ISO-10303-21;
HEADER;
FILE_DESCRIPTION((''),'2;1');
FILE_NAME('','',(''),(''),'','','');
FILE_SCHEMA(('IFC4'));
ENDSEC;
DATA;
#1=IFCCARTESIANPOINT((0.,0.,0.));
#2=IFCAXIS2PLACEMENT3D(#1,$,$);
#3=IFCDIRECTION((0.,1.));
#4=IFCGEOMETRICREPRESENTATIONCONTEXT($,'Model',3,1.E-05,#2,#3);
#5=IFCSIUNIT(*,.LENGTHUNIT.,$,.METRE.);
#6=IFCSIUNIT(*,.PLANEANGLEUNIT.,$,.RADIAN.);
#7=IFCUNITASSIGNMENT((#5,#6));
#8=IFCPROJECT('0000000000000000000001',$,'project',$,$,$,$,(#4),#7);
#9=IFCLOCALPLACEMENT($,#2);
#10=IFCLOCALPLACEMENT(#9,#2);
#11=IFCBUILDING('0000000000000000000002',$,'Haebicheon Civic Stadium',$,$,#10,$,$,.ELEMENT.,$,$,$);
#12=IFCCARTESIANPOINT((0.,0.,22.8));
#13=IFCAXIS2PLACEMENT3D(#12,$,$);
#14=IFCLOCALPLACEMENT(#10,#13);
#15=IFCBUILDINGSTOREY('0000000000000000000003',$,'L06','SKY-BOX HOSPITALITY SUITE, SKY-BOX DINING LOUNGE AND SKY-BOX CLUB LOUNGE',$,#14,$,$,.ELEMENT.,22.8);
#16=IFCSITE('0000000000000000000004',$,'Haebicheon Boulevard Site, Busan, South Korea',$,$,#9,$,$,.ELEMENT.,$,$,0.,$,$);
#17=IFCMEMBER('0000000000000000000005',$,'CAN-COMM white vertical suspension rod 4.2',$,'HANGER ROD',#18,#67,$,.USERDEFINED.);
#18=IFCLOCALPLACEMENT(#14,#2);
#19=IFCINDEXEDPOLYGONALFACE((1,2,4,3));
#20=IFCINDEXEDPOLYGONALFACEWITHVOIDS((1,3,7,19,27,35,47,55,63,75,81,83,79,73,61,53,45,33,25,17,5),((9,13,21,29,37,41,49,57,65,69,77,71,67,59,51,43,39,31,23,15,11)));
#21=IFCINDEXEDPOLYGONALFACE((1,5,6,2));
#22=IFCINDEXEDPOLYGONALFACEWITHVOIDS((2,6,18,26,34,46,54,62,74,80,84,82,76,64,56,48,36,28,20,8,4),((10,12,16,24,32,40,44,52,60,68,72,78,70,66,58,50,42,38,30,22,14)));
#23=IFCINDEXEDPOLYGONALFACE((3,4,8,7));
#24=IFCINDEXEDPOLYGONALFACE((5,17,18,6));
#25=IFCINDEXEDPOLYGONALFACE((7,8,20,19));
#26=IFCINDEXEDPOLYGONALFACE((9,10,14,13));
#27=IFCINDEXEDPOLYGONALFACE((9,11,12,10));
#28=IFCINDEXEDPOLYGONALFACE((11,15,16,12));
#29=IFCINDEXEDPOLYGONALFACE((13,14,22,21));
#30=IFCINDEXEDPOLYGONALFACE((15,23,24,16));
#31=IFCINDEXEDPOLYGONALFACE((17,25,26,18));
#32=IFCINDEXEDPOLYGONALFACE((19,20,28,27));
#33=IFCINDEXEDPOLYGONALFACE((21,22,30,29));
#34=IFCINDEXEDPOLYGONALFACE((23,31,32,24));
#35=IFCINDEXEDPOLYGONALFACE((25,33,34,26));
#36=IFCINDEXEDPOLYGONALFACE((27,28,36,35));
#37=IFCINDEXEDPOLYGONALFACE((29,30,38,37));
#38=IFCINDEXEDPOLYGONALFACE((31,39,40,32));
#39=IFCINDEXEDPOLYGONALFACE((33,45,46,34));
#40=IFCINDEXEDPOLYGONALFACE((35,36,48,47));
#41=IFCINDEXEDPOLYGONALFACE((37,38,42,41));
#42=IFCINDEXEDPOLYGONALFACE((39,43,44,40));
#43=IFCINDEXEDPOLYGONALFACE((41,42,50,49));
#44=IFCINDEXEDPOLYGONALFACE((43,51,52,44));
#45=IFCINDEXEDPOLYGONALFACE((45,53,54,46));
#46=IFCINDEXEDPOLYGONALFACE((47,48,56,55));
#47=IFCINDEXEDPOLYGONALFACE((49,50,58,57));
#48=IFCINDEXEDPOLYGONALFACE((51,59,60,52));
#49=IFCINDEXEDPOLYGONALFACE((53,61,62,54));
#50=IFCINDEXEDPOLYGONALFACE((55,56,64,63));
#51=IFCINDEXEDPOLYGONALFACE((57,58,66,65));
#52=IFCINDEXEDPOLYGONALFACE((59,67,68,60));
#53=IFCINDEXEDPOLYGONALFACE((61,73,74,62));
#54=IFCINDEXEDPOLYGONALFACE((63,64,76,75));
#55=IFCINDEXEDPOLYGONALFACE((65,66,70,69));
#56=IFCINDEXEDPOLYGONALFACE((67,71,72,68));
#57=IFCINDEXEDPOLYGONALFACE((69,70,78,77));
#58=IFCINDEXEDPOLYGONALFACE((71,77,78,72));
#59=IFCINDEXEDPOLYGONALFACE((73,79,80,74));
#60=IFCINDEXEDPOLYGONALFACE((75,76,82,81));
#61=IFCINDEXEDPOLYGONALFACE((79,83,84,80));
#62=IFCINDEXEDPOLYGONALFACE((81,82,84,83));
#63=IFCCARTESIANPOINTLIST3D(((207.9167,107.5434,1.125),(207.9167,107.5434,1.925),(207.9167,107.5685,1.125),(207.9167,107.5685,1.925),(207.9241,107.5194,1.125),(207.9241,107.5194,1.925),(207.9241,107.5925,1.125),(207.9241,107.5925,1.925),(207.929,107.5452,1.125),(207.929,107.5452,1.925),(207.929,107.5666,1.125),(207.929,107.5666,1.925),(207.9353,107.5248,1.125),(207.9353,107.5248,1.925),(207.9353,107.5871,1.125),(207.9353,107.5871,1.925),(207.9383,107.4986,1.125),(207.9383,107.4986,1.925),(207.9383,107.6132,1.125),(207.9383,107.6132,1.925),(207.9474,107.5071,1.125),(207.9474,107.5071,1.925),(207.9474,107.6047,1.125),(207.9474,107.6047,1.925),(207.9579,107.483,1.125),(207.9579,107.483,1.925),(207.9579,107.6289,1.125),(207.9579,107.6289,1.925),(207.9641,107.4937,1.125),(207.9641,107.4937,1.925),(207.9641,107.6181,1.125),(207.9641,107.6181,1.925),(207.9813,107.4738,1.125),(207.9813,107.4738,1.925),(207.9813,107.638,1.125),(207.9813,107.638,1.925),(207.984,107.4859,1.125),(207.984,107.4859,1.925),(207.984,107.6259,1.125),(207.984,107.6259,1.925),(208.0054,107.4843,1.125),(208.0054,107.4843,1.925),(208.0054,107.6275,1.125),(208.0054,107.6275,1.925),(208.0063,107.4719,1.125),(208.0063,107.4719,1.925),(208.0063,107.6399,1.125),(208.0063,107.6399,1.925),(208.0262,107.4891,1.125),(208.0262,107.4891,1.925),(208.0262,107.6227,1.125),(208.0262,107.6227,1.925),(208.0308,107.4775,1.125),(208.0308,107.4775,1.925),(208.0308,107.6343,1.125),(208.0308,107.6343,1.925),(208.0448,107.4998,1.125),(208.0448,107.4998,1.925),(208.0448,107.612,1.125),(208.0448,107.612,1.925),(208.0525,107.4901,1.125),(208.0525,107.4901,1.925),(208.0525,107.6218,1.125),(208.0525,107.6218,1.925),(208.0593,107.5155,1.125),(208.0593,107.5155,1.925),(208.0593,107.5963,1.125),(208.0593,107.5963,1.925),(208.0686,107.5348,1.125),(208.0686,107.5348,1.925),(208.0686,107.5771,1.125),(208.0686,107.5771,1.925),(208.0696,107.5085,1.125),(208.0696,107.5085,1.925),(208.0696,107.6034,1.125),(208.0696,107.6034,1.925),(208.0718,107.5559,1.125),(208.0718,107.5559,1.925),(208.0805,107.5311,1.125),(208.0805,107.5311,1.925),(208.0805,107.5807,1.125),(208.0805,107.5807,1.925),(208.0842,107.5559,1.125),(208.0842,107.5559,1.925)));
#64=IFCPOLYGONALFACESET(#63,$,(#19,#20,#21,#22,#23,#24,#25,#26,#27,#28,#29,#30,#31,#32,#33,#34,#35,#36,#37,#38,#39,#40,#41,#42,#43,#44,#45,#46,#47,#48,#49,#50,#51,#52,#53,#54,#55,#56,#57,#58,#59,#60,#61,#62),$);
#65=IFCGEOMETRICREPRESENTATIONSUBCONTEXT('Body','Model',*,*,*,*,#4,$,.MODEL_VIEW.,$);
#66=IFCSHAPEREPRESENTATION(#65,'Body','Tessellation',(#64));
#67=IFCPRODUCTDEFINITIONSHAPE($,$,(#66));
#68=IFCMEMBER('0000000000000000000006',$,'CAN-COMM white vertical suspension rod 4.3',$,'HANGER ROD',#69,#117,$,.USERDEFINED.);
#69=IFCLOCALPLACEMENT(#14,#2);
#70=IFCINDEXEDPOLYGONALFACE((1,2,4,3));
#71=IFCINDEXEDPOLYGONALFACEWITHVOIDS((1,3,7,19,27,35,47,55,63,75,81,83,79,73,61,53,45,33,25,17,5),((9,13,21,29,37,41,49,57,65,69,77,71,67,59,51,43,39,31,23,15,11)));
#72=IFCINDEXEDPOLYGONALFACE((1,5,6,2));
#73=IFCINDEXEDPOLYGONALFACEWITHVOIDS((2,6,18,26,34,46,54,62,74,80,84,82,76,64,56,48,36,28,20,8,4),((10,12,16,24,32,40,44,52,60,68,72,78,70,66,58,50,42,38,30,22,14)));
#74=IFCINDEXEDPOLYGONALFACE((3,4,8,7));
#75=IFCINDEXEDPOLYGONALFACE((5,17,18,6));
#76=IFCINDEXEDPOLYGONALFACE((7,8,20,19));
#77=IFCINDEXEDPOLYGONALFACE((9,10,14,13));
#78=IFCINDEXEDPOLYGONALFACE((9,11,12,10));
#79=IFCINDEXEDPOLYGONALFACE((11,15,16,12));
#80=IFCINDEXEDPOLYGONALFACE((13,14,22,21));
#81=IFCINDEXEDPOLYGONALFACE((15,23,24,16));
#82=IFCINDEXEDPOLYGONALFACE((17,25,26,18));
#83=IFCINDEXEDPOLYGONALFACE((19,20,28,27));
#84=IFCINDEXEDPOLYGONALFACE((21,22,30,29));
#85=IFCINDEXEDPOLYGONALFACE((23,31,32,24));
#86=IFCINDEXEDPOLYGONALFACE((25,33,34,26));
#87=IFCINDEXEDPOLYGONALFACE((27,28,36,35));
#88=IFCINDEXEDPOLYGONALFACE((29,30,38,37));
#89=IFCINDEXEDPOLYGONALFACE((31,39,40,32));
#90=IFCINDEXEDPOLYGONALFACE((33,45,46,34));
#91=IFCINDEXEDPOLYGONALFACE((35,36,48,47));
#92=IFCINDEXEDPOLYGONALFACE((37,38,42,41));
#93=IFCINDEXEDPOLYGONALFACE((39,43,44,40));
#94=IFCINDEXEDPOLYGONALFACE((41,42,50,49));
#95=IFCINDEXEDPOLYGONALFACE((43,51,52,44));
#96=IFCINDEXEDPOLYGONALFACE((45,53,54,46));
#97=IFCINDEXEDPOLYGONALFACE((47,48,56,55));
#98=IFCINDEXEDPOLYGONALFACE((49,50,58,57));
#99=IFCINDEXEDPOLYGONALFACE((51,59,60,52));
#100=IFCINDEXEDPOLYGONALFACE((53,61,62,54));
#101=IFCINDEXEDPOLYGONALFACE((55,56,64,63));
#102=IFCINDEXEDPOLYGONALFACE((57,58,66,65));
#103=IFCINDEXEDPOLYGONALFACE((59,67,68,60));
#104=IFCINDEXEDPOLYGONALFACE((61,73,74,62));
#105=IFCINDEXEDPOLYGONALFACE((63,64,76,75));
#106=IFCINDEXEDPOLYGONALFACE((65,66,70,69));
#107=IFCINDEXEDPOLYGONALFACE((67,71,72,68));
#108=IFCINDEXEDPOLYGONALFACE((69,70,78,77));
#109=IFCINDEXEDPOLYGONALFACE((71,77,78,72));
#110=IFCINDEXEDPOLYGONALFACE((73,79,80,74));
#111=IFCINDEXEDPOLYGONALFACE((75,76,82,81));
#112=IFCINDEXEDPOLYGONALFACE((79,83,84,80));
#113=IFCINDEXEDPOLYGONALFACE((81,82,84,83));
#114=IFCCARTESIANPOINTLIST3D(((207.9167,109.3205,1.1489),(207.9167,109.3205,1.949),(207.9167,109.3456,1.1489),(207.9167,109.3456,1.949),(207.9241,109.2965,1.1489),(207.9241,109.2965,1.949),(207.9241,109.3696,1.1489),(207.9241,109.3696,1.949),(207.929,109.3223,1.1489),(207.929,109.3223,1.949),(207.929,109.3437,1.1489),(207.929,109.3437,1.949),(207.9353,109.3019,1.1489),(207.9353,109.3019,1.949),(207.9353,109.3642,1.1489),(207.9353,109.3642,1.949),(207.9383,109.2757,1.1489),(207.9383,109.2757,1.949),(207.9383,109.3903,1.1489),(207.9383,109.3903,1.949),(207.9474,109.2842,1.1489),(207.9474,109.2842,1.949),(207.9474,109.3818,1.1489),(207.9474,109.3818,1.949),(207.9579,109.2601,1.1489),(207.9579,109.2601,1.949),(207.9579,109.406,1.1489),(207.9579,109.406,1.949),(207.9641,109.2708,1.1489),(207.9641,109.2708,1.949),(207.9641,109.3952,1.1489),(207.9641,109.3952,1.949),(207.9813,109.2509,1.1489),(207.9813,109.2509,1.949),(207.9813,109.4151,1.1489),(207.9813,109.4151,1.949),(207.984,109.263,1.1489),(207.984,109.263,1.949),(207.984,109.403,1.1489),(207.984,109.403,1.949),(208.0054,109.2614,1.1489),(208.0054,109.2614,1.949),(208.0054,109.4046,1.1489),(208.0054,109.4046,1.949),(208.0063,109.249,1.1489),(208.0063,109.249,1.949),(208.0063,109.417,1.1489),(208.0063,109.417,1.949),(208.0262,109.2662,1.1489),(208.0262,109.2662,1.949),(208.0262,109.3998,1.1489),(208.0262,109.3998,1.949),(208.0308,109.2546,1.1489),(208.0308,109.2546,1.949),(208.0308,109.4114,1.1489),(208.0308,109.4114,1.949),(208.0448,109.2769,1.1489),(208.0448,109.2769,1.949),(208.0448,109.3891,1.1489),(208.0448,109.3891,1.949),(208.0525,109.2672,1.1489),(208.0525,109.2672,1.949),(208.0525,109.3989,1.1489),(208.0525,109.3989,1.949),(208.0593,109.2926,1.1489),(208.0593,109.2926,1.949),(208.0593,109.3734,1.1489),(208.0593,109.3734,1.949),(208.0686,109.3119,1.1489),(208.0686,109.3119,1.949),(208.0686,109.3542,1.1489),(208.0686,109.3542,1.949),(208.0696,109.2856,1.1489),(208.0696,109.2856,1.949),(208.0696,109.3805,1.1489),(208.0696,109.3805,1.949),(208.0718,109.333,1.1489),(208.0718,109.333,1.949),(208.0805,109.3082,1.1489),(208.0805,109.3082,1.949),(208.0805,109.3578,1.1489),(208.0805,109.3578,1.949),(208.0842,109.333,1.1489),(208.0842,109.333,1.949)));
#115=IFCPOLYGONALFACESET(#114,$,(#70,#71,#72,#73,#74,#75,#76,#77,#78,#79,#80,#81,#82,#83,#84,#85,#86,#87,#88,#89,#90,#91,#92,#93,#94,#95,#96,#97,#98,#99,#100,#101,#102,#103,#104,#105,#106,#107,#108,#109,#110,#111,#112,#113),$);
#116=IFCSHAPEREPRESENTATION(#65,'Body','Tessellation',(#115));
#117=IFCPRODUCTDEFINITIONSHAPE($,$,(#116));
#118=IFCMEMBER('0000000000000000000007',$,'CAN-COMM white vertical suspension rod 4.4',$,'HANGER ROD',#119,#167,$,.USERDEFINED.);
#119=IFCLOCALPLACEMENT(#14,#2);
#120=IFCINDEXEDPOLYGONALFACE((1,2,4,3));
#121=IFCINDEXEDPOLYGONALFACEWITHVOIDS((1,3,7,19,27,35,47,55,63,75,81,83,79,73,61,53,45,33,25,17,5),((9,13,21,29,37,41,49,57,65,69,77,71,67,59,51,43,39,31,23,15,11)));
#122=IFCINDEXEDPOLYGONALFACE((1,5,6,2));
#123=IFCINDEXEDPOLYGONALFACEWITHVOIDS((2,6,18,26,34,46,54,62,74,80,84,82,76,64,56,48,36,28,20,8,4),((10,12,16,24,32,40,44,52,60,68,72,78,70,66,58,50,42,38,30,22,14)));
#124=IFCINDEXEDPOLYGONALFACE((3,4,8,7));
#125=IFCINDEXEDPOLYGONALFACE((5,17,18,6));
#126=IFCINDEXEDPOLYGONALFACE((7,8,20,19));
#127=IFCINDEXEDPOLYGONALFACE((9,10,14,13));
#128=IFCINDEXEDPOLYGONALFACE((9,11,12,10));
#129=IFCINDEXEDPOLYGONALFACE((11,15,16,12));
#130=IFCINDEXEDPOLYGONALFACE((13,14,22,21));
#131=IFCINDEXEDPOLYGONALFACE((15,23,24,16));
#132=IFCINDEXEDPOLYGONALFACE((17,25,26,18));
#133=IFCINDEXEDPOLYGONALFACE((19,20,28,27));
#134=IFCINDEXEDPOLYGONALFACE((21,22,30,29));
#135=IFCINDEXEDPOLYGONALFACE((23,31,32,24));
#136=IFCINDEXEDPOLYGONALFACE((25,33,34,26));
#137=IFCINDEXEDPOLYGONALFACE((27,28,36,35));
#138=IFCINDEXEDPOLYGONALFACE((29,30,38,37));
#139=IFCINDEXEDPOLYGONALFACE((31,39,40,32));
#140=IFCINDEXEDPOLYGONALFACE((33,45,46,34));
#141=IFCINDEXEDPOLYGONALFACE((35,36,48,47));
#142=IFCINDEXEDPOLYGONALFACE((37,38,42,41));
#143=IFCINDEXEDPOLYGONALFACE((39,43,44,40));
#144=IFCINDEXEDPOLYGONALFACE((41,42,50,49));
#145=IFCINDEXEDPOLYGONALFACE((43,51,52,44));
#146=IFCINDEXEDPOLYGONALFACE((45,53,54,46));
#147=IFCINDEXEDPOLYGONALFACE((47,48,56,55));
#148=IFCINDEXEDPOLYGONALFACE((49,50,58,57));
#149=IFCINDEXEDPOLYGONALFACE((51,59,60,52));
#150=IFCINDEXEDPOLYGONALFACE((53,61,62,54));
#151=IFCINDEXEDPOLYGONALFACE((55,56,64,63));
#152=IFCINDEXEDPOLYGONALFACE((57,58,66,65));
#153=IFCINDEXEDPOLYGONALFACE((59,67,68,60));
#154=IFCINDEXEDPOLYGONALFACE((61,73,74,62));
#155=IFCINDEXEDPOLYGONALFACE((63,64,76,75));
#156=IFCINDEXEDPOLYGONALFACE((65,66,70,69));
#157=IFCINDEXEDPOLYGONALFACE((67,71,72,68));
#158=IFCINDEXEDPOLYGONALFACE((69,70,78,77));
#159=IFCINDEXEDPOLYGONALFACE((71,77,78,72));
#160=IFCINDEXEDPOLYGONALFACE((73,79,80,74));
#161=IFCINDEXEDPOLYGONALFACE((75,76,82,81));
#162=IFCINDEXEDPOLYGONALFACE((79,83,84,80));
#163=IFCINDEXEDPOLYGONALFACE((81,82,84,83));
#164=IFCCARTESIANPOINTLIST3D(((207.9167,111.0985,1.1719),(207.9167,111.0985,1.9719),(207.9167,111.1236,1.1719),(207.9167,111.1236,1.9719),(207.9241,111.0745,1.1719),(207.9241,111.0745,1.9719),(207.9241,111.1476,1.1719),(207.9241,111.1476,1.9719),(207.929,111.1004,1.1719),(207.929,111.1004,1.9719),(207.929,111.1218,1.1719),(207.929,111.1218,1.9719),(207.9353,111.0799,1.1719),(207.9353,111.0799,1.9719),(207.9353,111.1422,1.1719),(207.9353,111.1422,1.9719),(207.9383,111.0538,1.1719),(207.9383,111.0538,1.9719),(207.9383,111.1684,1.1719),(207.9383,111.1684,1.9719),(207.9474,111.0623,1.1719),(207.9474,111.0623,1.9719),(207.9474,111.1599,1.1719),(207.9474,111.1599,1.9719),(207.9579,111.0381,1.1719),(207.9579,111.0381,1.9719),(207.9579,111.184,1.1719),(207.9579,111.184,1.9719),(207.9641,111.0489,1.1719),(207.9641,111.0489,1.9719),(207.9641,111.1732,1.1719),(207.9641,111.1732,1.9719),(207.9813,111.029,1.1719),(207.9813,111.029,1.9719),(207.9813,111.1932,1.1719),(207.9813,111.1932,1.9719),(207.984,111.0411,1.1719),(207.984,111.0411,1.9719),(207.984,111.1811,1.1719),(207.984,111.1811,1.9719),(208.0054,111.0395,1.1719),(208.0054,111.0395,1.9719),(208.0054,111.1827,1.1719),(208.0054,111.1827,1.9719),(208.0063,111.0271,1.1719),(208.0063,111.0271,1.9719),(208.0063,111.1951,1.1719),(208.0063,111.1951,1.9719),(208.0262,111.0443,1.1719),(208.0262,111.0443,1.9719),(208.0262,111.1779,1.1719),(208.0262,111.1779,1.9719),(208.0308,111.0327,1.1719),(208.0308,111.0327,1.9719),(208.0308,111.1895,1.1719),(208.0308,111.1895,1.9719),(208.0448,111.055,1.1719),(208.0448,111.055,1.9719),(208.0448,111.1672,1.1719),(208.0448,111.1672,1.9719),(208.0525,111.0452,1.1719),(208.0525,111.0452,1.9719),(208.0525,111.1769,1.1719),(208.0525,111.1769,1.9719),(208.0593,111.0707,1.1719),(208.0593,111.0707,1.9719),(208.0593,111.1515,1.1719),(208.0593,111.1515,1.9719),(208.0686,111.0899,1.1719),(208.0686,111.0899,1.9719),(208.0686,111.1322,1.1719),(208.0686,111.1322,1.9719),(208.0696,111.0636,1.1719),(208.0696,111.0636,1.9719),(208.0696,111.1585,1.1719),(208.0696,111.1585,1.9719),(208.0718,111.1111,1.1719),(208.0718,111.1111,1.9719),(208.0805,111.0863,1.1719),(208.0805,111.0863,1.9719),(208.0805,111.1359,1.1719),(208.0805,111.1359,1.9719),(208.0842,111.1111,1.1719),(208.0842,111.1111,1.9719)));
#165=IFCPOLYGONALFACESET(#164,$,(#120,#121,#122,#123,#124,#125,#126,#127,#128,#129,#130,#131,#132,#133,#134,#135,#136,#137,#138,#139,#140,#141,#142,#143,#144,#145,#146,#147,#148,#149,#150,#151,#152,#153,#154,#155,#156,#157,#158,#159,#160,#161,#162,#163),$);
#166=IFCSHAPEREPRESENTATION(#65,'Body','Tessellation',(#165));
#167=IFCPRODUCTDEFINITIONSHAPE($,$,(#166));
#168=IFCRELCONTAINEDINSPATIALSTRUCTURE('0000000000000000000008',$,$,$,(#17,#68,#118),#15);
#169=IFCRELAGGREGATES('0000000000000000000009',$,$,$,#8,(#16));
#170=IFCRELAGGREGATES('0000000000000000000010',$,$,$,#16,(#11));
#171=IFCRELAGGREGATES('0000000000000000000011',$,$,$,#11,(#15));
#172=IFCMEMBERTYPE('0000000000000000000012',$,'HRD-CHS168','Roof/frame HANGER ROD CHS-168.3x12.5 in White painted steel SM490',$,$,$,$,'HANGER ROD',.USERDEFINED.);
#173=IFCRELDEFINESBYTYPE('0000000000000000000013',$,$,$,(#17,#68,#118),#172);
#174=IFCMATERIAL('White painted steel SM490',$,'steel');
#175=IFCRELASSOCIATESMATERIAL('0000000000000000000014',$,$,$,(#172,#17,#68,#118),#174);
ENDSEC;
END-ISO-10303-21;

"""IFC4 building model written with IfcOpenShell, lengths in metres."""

from ifc_helpers import new_model, si_unit, direction, frame, origin, origin_2d, place, context, subcontext, project, spatial, hollow_circle, extrude, material, material_profile, profile_set, type_object, element, save


model = new_model("IFC4")

# Units and contexts
model_context = context("Model", 3, precision=1e-05, world=origin(), true_north=direction((0.0, 1.0)))
body_context = subcontext(model_context, "Body", "Model", "MODEL_VIEW")
ifc_project = project(units=[si_unit("LENGTHUNIT", "METRE"), si_unit("PLANEANGLEUNIT", "RADIAN")], contexts=[model_context])

# Site, building, storey
site_placement = place(None, origin())
site = spatial("IfcSite", under=ifc_project, at=site_placement, Name="Haebicheon Boulevard Site, Busan, South Korea", CompositionType="ELEMENT", RefElevation=0.0)
building_placement = place(site_placement, origin())
building = spatial("IfcBuilding", under=site, at=building_placement, Name="Haebicheon Civic Stadium", CompositionType="ELEMENT")
storey_placement = place(building_placement, frame((0.0, 0.0, 22.8)))
storey = spatial("IfcBuildingStorey", under=building, at=storey_placement, Name="L06", Description="SKY-BOX HOSPITALITY SUITE, SKY-BOX DINING LOUNGE AND SKY-BOX CLUB LOUNGE", CompositionType="ELEMENT", Elevation=22.8)

# Members
ifc_material_1 = material(Name="White painted steel SM490", Category="steel")
ifc_material_profile_1 = material_profile(ifc_material_1, hollow_circle(Radius=0.0842, WallThickness=0.0125, at=origin_2d()), Name="CHS-168.3x12.5")
ifc_profile_set_1 = profile_set([ifc_material_profile_1], Name="White painted steel SM490")
member_type_1 = type_object("IfcMemberType", Name="HRD-CHS168", Description="Roof/frame HANGER ROD CHS-168.3x12.5 in White painted steel SM490", ElementType="HANGER ROD", PredefinedType="USERDEFINED", material=ifc_profile_set_1)
for number, where, z_axis, x_axis, name in (
    (1, (208.0, 107.5559, 1.125), (0.0, 0.0, 1.0), (1.0, 0.0, 0.0), "CAN-COMM white vertical suspension rod 4.2"),
    (2, (208.0, 109.333, 1.1489), (0.0, 0.0, 1.0), (1.0, 0.0, 0.0), "CAN-COMM white vertical suspension rod 4.3"),
    (3, (208.0, 111.1111, 1.1719), (0.0, 0.0, 1.0), (1.0, 0.0, 0.0), "CAN-COMM white vertical suspension rod 4.4"),
):
    element("IfcMember", number, at=place(storey_placement, frame(where, z_axis=z_axis, x_axis=x_axis)), inside=storey, type_object=member_type_1, material=ifc_profile_set_1, Name=name, ObjectType="HANGER ROD", PredefinedType="USERDEFINED", context=body_context, shape_type="SweptSolid", body=[
        extrude(hollow_circle(Radius=0.0842, WallThickness=0.0125, at=origin_2d()), origin(), (0.0, 0.0, 1.0), 0.8),
    ])

save(model, "model.ifc")
